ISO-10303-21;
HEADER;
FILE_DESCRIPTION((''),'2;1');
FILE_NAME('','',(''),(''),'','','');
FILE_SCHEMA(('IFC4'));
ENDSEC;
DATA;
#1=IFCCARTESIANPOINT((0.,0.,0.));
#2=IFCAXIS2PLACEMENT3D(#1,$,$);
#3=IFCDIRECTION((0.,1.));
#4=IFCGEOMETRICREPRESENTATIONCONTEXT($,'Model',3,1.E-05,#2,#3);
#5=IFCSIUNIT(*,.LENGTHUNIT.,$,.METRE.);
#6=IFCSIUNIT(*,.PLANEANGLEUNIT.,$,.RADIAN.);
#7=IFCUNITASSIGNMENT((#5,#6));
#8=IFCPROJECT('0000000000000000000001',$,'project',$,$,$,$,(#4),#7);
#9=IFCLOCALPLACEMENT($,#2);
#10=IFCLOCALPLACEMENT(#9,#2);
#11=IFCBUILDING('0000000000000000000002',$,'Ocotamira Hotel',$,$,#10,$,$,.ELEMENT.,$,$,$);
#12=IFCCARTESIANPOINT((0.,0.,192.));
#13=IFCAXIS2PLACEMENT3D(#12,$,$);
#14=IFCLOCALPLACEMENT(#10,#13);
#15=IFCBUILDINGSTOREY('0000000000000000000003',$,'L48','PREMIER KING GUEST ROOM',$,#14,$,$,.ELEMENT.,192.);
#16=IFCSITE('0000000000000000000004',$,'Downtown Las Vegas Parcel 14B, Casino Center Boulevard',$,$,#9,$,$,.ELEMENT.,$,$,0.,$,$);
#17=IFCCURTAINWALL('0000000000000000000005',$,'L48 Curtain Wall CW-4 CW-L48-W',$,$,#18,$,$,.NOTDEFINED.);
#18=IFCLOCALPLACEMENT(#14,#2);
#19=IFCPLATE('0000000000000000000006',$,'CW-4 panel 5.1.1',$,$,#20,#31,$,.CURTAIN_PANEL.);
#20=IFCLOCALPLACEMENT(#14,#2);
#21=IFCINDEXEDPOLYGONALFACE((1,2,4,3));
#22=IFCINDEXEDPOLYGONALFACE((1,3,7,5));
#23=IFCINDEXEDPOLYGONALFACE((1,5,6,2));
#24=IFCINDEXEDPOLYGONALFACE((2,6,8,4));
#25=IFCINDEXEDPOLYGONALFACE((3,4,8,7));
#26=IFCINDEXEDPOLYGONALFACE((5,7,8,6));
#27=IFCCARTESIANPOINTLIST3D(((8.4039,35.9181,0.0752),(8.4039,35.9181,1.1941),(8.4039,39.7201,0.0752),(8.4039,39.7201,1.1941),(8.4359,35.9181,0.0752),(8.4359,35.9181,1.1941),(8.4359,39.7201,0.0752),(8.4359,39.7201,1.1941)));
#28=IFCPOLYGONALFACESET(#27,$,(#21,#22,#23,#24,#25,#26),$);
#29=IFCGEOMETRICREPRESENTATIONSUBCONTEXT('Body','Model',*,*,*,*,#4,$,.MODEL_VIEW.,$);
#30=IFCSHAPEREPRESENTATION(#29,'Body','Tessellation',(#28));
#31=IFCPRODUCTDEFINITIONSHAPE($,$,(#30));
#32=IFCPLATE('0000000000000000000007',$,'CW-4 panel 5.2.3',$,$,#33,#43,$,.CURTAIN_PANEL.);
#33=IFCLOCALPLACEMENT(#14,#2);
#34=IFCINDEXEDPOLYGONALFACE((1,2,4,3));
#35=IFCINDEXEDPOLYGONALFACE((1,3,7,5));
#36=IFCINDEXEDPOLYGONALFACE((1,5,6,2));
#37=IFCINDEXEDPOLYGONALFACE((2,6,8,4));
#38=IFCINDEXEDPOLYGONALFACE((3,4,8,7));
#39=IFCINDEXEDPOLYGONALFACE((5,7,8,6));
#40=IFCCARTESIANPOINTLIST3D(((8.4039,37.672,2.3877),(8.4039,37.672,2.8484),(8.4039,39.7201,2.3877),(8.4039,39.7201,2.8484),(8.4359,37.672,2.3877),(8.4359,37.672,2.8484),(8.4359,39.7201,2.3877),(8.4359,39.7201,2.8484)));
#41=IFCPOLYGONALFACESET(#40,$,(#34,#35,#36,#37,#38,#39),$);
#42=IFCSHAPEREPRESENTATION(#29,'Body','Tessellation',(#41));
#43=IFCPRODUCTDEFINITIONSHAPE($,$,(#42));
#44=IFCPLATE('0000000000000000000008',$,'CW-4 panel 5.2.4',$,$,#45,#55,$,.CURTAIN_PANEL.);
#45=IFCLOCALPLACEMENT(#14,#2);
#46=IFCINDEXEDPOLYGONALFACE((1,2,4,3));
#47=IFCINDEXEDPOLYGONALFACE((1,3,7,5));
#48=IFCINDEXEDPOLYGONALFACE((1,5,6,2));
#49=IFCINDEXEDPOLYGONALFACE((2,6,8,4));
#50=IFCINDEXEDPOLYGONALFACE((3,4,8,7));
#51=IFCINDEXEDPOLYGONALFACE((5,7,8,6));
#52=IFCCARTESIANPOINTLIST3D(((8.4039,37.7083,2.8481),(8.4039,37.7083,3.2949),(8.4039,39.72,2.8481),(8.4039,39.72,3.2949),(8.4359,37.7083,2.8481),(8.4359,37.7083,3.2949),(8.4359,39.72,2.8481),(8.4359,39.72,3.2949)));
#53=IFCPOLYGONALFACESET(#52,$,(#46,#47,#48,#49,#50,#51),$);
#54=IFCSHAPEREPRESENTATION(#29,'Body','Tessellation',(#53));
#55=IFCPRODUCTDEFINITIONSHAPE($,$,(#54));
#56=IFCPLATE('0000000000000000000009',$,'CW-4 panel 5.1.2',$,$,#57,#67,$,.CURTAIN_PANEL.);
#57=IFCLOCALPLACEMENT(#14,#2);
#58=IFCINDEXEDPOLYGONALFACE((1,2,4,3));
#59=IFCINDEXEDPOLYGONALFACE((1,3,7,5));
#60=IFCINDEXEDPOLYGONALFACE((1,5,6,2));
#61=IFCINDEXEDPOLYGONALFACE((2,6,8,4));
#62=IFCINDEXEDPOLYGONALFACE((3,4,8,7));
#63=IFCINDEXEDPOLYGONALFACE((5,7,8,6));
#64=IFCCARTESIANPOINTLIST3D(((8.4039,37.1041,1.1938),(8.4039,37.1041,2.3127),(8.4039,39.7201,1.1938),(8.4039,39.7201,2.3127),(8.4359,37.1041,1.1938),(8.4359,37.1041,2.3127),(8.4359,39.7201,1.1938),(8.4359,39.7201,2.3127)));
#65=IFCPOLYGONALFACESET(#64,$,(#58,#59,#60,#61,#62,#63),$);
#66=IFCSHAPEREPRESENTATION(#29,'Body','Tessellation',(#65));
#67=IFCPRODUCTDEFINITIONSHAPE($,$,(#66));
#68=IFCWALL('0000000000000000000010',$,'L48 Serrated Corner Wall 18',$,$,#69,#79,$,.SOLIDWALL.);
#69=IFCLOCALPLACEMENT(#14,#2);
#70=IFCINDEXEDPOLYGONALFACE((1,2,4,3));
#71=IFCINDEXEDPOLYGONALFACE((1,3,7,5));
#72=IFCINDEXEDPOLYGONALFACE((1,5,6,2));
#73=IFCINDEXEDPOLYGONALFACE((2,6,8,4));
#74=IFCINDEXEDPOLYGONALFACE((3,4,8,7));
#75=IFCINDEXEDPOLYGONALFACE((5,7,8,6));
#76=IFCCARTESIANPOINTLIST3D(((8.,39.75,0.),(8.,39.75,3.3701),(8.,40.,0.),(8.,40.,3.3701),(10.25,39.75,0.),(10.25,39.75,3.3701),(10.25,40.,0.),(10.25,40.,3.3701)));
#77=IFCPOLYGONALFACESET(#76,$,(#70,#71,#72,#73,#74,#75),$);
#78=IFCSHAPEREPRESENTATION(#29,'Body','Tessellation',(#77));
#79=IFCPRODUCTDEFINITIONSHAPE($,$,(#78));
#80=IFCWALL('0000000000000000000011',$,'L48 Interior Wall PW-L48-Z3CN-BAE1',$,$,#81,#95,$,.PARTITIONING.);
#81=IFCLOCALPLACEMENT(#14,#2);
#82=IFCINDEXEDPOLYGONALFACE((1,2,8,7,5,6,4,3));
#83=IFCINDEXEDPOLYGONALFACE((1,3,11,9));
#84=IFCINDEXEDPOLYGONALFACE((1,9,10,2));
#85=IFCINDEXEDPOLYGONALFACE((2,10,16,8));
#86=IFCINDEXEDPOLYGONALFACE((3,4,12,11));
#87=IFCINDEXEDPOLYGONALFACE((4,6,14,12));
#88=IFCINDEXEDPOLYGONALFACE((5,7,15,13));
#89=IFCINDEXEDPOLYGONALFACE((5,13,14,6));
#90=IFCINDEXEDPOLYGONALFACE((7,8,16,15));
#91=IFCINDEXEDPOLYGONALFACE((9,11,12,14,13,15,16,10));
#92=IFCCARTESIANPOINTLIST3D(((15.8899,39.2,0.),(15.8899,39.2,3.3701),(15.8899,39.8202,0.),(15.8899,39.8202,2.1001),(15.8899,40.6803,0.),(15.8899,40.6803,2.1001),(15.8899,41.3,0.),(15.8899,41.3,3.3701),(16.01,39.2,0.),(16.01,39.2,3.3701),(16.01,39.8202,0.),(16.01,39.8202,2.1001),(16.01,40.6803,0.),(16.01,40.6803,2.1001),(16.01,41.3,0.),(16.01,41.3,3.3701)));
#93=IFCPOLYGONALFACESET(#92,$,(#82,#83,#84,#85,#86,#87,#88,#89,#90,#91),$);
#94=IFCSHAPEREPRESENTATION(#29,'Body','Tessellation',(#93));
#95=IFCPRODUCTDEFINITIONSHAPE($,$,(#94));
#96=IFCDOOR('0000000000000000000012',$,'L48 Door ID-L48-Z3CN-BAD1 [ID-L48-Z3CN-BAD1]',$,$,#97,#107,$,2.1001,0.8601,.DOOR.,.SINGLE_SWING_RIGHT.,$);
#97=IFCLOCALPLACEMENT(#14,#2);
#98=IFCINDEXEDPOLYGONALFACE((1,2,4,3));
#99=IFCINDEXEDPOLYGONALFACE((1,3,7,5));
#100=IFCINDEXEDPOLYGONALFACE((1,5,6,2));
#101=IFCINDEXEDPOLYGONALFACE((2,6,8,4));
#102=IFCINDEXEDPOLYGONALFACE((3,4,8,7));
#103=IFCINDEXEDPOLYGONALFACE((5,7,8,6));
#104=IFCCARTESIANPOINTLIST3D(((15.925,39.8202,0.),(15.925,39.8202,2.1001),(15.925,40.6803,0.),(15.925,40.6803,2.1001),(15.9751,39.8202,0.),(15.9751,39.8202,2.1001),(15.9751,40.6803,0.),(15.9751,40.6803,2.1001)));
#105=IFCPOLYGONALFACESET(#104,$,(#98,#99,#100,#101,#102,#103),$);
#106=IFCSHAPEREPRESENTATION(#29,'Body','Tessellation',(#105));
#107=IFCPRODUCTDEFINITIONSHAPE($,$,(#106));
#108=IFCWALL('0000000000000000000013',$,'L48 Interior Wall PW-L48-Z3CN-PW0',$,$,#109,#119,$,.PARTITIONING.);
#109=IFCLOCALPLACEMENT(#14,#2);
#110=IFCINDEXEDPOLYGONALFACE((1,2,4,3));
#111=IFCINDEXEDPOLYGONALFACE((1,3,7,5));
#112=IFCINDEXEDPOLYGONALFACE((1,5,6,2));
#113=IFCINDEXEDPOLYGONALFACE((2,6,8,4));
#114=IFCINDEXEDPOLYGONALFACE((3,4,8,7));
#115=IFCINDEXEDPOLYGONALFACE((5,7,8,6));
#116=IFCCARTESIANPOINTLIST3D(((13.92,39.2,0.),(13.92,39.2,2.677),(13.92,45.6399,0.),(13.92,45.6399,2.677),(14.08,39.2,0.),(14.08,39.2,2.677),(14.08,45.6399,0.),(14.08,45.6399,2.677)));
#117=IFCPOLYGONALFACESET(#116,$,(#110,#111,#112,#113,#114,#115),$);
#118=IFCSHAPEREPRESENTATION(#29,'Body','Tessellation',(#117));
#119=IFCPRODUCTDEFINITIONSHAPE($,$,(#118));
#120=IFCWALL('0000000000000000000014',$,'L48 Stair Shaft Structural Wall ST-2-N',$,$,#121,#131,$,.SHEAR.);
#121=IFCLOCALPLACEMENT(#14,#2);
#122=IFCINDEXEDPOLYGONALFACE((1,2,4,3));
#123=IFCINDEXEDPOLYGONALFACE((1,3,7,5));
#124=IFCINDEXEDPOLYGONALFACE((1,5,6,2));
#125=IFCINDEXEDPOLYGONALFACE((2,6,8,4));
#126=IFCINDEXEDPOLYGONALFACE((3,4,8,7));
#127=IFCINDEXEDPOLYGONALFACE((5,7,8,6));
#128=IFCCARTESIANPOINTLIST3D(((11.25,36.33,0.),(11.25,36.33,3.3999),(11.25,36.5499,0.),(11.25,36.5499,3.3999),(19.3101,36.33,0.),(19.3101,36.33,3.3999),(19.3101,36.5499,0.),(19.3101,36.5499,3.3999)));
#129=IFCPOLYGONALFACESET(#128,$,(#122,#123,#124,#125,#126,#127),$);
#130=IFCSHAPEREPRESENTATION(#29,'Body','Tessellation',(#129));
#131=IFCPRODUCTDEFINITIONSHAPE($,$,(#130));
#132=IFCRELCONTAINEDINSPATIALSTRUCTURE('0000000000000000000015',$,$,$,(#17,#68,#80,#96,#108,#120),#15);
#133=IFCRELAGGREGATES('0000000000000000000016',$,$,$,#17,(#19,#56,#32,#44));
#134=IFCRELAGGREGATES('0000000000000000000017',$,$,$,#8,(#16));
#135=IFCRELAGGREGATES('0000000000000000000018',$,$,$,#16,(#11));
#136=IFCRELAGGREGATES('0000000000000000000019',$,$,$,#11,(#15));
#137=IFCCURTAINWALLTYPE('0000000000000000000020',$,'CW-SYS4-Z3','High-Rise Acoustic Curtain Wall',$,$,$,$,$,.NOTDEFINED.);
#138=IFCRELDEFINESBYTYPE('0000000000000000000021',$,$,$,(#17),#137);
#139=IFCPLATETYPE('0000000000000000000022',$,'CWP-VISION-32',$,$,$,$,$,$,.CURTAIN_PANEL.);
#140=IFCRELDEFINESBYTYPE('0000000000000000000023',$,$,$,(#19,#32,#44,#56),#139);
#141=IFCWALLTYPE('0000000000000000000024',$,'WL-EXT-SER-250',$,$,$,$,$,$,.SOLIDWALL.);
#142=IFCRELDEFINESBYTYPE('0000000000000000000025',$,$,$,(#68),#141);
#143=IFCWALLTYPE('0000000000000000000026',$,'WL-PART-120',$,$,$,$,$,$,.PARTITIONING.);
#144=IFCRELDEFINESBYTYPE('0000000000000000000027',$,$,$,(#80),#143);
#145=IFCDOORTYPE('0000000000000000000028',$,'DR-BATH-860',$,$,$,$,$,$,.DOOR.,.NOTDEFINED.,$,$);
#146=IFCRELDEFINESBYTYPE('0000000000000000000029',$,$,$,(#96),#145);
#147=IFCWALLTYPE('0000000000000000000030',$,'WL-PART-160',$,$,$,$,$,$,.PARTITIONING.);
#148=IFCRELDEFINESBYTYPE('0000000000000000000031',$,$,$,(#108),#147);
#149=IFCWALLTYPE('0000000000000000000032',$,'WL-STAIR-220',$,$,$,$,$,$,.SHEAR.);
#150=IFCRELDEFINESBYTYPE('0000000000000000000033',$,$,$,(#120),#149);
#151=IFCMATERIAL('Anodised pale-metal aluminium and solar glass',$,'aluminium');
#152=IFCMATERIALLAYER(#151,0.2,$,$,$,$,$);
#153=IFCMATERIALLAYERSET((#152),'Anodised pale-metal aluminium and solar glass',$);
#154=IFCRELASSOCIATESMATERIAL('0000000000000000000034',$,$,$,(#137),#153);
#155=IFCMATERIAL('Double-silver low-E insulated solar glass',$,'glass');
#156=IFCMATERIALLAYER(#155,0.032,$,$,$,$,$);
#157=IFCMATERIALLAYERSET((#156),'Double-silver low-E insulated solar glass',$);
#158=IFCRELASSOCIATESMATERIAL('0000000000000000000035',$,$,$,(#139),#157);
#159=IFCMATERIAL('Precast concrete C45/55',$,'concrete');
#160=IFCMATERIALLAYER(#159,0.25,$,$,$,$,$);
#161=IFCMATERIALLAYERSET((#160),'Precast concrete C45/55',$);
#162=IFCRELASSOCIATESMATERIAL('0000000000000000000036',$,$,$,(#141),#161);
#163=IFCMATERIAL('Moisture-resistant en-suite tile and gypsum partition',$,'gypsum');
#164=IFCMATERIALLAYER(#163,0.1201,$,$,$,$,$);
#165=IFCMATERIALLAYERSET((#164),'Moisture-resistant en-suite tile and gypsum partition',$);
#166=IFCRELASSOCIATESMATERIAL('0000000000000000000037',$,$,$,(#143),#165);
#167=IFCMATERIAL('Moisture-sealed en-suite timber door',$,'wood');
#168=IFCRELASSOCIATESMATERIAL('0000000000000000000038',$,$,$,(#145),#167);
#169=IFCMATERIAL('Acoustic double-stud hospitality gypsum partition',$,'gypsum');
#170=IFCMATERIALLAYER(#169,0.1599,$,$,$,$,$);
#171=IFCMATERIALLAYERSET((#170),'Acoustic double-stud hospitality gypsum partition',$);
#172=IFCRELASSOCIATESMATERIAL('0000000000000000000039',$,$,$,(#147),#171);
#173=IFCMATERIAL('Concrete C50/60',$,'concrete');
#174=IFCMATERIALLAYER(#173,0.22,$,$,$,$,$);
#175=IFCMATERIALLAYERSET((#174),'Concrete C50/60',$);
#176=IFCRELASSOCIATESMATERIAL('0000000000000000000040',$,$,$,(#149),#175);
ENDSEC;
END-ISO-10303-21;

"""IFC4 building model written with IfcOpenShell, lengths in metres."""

from ifc_helpers import new_model, si_unit, direction, frame, frame_2d, origin, origin_2d, place, context, subcontext, project, spatial, rectangle, extrude, source, transform, mapped, material, layer, layer_set, type_object, element, fill, aggregate, save


model = new_model("IFC4")

# Units and contexts
model_context = context("Model", 3, precision=1e-05, world=origin(), true_north=direction((0.0, 1.0)))
body_context = subcontext(model_context, "Body", "Model", "MODEL_VIEW")
ifc_project = project(units=[si_unit("LENGTHUNIT", "METRE"), si_unit("PLANEANGLEUNIT", "RADIAN")], contexts=[model_context])

# Site, building, storey
site_placement = place(None, origin())
site = spatial("IfcSite", under=ifc_project, at=site_placement, Name="Downtown Las Vegas Parcel 14B, Casino Center Boulevard", CompositionType="ELEMENT", RefElevation=0.0)
building_placement = place(site_placement, origin())
building = spatial("IfcBuilding", under=site, at=building_placement, Name="Ocotamira Hotel", CompositionType="ELEMENT")
storey_placement = place(building_placement, frame((0.0, 0.0, 192.0)))
storey = spatial("IfcBuildingStorey", under=building, at=storey_placement, Name="L48", Description="PREMIER KING GUEST ROOM", CompositionType="ELEMENT", Elevation=192.0)

# Curtain wall
ifc_material_1 = material(Name="Anodised pale-metal aluminium and solar glass", Category="aluminium")
ifc_layer_1 = layer(ifc_material_1, 0.2)
ifc_layer_set_1 = layer_set([ifc_layer_1], Name="Anodised pale-metal aluminium and solar glass")
curtain_wall_type = type_object("IfcCurtainWallType", Name="CW-SYS4-Z3", Description="High-Rise Acoustic Curtain Wall", PredefinedType="NOTDEFINED", material=ifc_layer_set_1)
curtain_wall_placement = place(storey_placement, origin())
curtain_wall = element("IfcCurtainWall", 1, at=curtain_wall_placement, inside=storey, type_object=curtain_wall_type, Name="L48 Curtain Wall CW-4 CW-L48-W", PredefinedType="NOTDEFINED")

# Plates
ifc_material_2 = material(Name="Double-silver low-E insulated solar glass", Category="glass")
ifc_layer_2 = layer(ifc_material_2, 0.032)
ifc_layer_set_2 = layer_set([ifc_layer_2], Name="Double-silver low-E insulated solar glass")
plate_type_1 = type_object("IfcPlateType", Name="CWP-VISION-32", PredefinedType="CURTAIN_PANEL", material=ifc_layer_set_2)
shared_shape_1 = source(origin(), body_context, "Body", "SweptSolid", [
    extrude(rectangle(XDim=3.802, YDim=0.032, at=origin_2d()), origin(), (0.0, 0.0, 1.0), 1.1189),
])
plate_1_placement = place(storey_placement, frame((8.4199, 37.8191, 0.0752), z_axis=(0.0, 0.0, 1.0), x_axis=(0.0, 1.0, 0.0)))
plate_1 = element("IfcPlate", 2, at=plate_1_placement, type_object=plate_type_1, Name="CW-4 panel 5.1.1", PredefinedType="CURTAIN_PANEL", context=body_context, shape_type="MappedRepresentation", body=[
    mapped(shared_shape_1, transform((0.0, 0.0, 0.0), scale=1.0)),
])
shared_shape_2 = source(origin(), body_context, "Body", "SweptSolid", [
    extrude(rectangle(XDim=2.0481, YDim=0.032, at=origin_2d()), origin(), (0.0, 0.0, 1.0), 0.4607),
])
plate_2_placement = place(storey_placement, frame((8.4199, 38.696, 2.3877), z_axis=(0.0, 0.0, 1.0), x_axis=(0.0, 1.0, 0.0)))
plate_2 = element("IfcPlate", 3, at=plate_2_placement, type_object=plate_type_1, Name="CW-4 panel 5.2.3", PredefinedType="CURTAIN_PANEL", context=body_context, shape_type="MappedRepresentation", body=[
    mapped(shared_shape_2, transform((0.0, 0.0, 0.0), scale=1.0)),
])
shared_shape_3 = source(origin(), body_context, "Body", "SweptSolid", [
    extrude(rectangle(XDim=2.0117, YDim=0.032, at=origin_2d()), origin(), (0.0, 0.0, 1.0), 0.4468),
])
plate_3_placement = place(storey_placement, frame((8.4199, 38.7141, 2.8481), z_axis=(0.0, 0.0, 1.0), x_axis=(0.0, 1.0, 0.0)))
plate_3 = element("IfcPlate", 4, at=plate_3_placement, type_object=plate_type_1, Name="CW-4 panel 5.2.4", PredefinedType="CURTAIN_PANEL", context=body_context, shape_type="MappedRepresentation", body=[
    mapped(shared_shape_3, transform((0.0, 0.0, 0.0), scale=1.0)),
])
shared_shape_4 = source(origin(), body_context, "Body", "SweptSolid", [
    extrude(rectangle(XDim=2.616, YDim=0.032, at=origin_2d()), origin(), (0.0, 0.0, 1.0), 1.1189),
])
plate_4_placement = place(storey_placement, frame((8.4199, 38.4121, 1.1938), z_axis=(0.0, 0.0, 1.0), x_axis=(0.0, 1.0, 0.0)))
plate_4 = element("IfcPlate", 5, at=plate_4_placement, type_object=plate_type_1, Name="CW-4 panel 5.1.2", PredefinedType="CURTAIN_PANEL", context=body_context, shape_type="MappedRepresentation", body=[
    mapped(shared_shape_4, transform((0.0, 0.0, 0.0), scale=1.0)),
])
aggregate(curtain_wall, [plate_1, plate_4, plate_2, plate_3])

# Shared definitions
ifc_material_3 = material(Name="Concrete C50/60", Category="concrete")

# Wall
ifc_material_4 = material(Name="Precast concrete C45/55", Category="concrete")
ifc_layer_3 = layer(ifc_material_4, 0.25)
ifc_layer_set_3 = layer_set([ifc_layer_3], Name="Precast concrete C45/55")
wall_type_1 = type_object("IfcWallType", Name="WL-EXT-SER-250", PredefinedType="SOLIDWALL", material=ifc_layer_set_3)
wall_1_placement = place(storey_placement, frame((10.25, 39.875, 0.0), z_axis=(0.0, 0.0, 1.0), x_axis=(-1.0, 0.0, 0.0)))
element("IfcWall", 6, at=wall_1_placement, inside=storey, type_object=wall_type_1, Name="L48 Serrated Corner Wall 18", PredefinedType="SOLIDWALL", context=body_context, shape_type="SweptSolid", body=[
    extrude(rectangle(XDim=2.25, YDim=0.25, at=frame_2d((1.125, 0.0))), origin(), (0.0, 0.0, 1.0), 3.3701),
])

# Wall, opening, door
ifc_material_5 = material(Name="Moisture-resistant en-suite tile and gypsum partition", Category="gypsum")
ifc_layer_4 = layer(ifc_material_5, 0.1201)
ifc_layer_set_4 = layer_set([ifc_layer_4], Name="Moisture-resistant en-suite tile and gypsum partition")
wall_type_2 = type_object("IfcWallType", Name="WL-PART-120", PredefinedType="PARTITIONING", material=ifc_layer_set_4)
wall_2_placement = place(storey_placement, frame((15.95, 39.2, 0.0), z_axis=(0.0, 0.0, 1.0), x_axis=(0.0, 1.0, 0.0)))
wall_2 = element("IfcWall", 7, at=wall_2_placement, inside=storey, type_object=wall_type_2, Name="L48 Interior Wall PW-L48-Z3CN-BAE1", PredefinedType="PARTITIONING", context=body_context, shape_type="SweptSolid", body=[
    extrude(rectangle(XDim=2.1001, YDim=0.1201, at=frame_2d((1.05, 0.0))), origin(), (0.0, 0.0, 1.0), 3.3701),
])
opening_1_placement = place(wall_2_placement, frame((0.6201, 0.0, 0.0)))
opening_1 = element("IfcOpeningElement", 8, at=opening_1_placement, cuts=wall_2, PredefinedType="OPENING", context=body_context, shape_type="SweptSolid", body=[
    extrude(rectangle(XDim=0.8601, YDim=2.1001, at=frame_2d((0.4302, 1.05))), frame((0.0, 0.0701, 0.0), z_axis=(0.0, -1.0, 0.0), x_axis=(1.0, 0.0, 0.0)), (0.0, 0.0, 1.0), 0.1401),
])
ifc_material_6 = material(Name="Moisture-sealed en-suite timber door", Category="wood")
door_type_1 = type_object("IfcDoorType", Name="DR-BATH-860", OperationType="NOTDEFINED", PredefinedType="DOOR", material=ifc_material_6)
shared_shape_5 = source(origin(), body_context, "Body", "SweptSolid", [
    extrude(rectangle(XDim=0.8601, YDim=2.1001, at=frame_2d((0.4302, 1.05))), frame((0.0, 0.0249, 0.0), z_axis=(0.0, -1.0, 0.0), x_axis=(1.0, 0.0, 0.0)), (0.0, 0.0, 1.0), 0.05),
])
door_1_placement = place(opening_1_placement, origin())
door_1 = element("IfcDoor", 9, at=door_1_placement, inside=storey, type_object=door_type_1, Name="L48 Door ID-L48-Z3CN-BAD1 [ID-L48-Z3CN-BAD1]", OperationType="SINGLE_SWING_RIGHT", OverallHeight=2.1001, OverallWidth=0.8601, PredefinedType="DOOR", context=body_context, shape_type="MappedRepresentation", body=[
    mapped(shared_shape_5, transform((0.0, 0.0, 0.0), scale=1.0)),
])
fill(opening_1, door_1)

# Walls
ifc_material_7 = material(Name="Acoustic double-stud hospitality gypsum partition", Category="gypsum")
ifc_layer_5 = layer(ifc_material_7, 0.1599)
ifc_layer_set_5 = layer_set([ifc_layer_5], Name="Acoustic double-stud hospitality gypsum partition")
wall_type_3 = type_object("IfcWallType", Name="WL-PART-160", PredefinedType="PARTITIONING", material=ifc_layer_set_5)
wall_3_placement = place(storey_placement, frame((14.0, 39.2, 0.0), z_axis=(0.0, 0.0, 1.0), x_axis=(0.0, 1.0, 0.0)))
element("IfcWall", 10, at=wall_3_placement, inside=storey, type_object=wall_type_3, Name="L48 Interior Wall PW-L48-Z3CN-PW0", PredefinedType="PARTITIONING", context=body_context, shape_type="SweptSolid", body=[
    extrude(rectangle(XDim=6.4399, YDim=0.1599, at=frame_2d((3.22, 0.0))), origin(), (0.0, 0.0, 1.0), 2.677),
])
ifc_layer_6 = layer(ifc_material_3, 0.22)
ifc_layer_set_6 = layer_set([ifc_layer_6], Name="Concrete C50/60")
wall_type_4 = type_object("IfcWallType", Name="WL-STAIR-220", PredefinedType="SHEAR", material=ifc_layer_set_6)
wall_4_placement = place(storey_placement, frame((11.25, 36.4399, 0.0), z_axis=(0.0, 0.0, 1.0), x_axis=(1.0, 0.0, 0.0)))
element("IfcWall", 11, at=wall_4_placement, inside=storey, type_object=wall_type_4, Name="L48 Stair Shaft Structural Wall ST-2-N", PredefinedType="SHEAR", context=body_context, shape_type="SweptSolid", body=[
    extrude(rectangle(XDim=8.0601, YDim=0.22, at=frame_2d((4.03, 0.0))), origin(), (0.0, 0.0, 1.0), 3.3999),
])

save(model, "model.ifc")
